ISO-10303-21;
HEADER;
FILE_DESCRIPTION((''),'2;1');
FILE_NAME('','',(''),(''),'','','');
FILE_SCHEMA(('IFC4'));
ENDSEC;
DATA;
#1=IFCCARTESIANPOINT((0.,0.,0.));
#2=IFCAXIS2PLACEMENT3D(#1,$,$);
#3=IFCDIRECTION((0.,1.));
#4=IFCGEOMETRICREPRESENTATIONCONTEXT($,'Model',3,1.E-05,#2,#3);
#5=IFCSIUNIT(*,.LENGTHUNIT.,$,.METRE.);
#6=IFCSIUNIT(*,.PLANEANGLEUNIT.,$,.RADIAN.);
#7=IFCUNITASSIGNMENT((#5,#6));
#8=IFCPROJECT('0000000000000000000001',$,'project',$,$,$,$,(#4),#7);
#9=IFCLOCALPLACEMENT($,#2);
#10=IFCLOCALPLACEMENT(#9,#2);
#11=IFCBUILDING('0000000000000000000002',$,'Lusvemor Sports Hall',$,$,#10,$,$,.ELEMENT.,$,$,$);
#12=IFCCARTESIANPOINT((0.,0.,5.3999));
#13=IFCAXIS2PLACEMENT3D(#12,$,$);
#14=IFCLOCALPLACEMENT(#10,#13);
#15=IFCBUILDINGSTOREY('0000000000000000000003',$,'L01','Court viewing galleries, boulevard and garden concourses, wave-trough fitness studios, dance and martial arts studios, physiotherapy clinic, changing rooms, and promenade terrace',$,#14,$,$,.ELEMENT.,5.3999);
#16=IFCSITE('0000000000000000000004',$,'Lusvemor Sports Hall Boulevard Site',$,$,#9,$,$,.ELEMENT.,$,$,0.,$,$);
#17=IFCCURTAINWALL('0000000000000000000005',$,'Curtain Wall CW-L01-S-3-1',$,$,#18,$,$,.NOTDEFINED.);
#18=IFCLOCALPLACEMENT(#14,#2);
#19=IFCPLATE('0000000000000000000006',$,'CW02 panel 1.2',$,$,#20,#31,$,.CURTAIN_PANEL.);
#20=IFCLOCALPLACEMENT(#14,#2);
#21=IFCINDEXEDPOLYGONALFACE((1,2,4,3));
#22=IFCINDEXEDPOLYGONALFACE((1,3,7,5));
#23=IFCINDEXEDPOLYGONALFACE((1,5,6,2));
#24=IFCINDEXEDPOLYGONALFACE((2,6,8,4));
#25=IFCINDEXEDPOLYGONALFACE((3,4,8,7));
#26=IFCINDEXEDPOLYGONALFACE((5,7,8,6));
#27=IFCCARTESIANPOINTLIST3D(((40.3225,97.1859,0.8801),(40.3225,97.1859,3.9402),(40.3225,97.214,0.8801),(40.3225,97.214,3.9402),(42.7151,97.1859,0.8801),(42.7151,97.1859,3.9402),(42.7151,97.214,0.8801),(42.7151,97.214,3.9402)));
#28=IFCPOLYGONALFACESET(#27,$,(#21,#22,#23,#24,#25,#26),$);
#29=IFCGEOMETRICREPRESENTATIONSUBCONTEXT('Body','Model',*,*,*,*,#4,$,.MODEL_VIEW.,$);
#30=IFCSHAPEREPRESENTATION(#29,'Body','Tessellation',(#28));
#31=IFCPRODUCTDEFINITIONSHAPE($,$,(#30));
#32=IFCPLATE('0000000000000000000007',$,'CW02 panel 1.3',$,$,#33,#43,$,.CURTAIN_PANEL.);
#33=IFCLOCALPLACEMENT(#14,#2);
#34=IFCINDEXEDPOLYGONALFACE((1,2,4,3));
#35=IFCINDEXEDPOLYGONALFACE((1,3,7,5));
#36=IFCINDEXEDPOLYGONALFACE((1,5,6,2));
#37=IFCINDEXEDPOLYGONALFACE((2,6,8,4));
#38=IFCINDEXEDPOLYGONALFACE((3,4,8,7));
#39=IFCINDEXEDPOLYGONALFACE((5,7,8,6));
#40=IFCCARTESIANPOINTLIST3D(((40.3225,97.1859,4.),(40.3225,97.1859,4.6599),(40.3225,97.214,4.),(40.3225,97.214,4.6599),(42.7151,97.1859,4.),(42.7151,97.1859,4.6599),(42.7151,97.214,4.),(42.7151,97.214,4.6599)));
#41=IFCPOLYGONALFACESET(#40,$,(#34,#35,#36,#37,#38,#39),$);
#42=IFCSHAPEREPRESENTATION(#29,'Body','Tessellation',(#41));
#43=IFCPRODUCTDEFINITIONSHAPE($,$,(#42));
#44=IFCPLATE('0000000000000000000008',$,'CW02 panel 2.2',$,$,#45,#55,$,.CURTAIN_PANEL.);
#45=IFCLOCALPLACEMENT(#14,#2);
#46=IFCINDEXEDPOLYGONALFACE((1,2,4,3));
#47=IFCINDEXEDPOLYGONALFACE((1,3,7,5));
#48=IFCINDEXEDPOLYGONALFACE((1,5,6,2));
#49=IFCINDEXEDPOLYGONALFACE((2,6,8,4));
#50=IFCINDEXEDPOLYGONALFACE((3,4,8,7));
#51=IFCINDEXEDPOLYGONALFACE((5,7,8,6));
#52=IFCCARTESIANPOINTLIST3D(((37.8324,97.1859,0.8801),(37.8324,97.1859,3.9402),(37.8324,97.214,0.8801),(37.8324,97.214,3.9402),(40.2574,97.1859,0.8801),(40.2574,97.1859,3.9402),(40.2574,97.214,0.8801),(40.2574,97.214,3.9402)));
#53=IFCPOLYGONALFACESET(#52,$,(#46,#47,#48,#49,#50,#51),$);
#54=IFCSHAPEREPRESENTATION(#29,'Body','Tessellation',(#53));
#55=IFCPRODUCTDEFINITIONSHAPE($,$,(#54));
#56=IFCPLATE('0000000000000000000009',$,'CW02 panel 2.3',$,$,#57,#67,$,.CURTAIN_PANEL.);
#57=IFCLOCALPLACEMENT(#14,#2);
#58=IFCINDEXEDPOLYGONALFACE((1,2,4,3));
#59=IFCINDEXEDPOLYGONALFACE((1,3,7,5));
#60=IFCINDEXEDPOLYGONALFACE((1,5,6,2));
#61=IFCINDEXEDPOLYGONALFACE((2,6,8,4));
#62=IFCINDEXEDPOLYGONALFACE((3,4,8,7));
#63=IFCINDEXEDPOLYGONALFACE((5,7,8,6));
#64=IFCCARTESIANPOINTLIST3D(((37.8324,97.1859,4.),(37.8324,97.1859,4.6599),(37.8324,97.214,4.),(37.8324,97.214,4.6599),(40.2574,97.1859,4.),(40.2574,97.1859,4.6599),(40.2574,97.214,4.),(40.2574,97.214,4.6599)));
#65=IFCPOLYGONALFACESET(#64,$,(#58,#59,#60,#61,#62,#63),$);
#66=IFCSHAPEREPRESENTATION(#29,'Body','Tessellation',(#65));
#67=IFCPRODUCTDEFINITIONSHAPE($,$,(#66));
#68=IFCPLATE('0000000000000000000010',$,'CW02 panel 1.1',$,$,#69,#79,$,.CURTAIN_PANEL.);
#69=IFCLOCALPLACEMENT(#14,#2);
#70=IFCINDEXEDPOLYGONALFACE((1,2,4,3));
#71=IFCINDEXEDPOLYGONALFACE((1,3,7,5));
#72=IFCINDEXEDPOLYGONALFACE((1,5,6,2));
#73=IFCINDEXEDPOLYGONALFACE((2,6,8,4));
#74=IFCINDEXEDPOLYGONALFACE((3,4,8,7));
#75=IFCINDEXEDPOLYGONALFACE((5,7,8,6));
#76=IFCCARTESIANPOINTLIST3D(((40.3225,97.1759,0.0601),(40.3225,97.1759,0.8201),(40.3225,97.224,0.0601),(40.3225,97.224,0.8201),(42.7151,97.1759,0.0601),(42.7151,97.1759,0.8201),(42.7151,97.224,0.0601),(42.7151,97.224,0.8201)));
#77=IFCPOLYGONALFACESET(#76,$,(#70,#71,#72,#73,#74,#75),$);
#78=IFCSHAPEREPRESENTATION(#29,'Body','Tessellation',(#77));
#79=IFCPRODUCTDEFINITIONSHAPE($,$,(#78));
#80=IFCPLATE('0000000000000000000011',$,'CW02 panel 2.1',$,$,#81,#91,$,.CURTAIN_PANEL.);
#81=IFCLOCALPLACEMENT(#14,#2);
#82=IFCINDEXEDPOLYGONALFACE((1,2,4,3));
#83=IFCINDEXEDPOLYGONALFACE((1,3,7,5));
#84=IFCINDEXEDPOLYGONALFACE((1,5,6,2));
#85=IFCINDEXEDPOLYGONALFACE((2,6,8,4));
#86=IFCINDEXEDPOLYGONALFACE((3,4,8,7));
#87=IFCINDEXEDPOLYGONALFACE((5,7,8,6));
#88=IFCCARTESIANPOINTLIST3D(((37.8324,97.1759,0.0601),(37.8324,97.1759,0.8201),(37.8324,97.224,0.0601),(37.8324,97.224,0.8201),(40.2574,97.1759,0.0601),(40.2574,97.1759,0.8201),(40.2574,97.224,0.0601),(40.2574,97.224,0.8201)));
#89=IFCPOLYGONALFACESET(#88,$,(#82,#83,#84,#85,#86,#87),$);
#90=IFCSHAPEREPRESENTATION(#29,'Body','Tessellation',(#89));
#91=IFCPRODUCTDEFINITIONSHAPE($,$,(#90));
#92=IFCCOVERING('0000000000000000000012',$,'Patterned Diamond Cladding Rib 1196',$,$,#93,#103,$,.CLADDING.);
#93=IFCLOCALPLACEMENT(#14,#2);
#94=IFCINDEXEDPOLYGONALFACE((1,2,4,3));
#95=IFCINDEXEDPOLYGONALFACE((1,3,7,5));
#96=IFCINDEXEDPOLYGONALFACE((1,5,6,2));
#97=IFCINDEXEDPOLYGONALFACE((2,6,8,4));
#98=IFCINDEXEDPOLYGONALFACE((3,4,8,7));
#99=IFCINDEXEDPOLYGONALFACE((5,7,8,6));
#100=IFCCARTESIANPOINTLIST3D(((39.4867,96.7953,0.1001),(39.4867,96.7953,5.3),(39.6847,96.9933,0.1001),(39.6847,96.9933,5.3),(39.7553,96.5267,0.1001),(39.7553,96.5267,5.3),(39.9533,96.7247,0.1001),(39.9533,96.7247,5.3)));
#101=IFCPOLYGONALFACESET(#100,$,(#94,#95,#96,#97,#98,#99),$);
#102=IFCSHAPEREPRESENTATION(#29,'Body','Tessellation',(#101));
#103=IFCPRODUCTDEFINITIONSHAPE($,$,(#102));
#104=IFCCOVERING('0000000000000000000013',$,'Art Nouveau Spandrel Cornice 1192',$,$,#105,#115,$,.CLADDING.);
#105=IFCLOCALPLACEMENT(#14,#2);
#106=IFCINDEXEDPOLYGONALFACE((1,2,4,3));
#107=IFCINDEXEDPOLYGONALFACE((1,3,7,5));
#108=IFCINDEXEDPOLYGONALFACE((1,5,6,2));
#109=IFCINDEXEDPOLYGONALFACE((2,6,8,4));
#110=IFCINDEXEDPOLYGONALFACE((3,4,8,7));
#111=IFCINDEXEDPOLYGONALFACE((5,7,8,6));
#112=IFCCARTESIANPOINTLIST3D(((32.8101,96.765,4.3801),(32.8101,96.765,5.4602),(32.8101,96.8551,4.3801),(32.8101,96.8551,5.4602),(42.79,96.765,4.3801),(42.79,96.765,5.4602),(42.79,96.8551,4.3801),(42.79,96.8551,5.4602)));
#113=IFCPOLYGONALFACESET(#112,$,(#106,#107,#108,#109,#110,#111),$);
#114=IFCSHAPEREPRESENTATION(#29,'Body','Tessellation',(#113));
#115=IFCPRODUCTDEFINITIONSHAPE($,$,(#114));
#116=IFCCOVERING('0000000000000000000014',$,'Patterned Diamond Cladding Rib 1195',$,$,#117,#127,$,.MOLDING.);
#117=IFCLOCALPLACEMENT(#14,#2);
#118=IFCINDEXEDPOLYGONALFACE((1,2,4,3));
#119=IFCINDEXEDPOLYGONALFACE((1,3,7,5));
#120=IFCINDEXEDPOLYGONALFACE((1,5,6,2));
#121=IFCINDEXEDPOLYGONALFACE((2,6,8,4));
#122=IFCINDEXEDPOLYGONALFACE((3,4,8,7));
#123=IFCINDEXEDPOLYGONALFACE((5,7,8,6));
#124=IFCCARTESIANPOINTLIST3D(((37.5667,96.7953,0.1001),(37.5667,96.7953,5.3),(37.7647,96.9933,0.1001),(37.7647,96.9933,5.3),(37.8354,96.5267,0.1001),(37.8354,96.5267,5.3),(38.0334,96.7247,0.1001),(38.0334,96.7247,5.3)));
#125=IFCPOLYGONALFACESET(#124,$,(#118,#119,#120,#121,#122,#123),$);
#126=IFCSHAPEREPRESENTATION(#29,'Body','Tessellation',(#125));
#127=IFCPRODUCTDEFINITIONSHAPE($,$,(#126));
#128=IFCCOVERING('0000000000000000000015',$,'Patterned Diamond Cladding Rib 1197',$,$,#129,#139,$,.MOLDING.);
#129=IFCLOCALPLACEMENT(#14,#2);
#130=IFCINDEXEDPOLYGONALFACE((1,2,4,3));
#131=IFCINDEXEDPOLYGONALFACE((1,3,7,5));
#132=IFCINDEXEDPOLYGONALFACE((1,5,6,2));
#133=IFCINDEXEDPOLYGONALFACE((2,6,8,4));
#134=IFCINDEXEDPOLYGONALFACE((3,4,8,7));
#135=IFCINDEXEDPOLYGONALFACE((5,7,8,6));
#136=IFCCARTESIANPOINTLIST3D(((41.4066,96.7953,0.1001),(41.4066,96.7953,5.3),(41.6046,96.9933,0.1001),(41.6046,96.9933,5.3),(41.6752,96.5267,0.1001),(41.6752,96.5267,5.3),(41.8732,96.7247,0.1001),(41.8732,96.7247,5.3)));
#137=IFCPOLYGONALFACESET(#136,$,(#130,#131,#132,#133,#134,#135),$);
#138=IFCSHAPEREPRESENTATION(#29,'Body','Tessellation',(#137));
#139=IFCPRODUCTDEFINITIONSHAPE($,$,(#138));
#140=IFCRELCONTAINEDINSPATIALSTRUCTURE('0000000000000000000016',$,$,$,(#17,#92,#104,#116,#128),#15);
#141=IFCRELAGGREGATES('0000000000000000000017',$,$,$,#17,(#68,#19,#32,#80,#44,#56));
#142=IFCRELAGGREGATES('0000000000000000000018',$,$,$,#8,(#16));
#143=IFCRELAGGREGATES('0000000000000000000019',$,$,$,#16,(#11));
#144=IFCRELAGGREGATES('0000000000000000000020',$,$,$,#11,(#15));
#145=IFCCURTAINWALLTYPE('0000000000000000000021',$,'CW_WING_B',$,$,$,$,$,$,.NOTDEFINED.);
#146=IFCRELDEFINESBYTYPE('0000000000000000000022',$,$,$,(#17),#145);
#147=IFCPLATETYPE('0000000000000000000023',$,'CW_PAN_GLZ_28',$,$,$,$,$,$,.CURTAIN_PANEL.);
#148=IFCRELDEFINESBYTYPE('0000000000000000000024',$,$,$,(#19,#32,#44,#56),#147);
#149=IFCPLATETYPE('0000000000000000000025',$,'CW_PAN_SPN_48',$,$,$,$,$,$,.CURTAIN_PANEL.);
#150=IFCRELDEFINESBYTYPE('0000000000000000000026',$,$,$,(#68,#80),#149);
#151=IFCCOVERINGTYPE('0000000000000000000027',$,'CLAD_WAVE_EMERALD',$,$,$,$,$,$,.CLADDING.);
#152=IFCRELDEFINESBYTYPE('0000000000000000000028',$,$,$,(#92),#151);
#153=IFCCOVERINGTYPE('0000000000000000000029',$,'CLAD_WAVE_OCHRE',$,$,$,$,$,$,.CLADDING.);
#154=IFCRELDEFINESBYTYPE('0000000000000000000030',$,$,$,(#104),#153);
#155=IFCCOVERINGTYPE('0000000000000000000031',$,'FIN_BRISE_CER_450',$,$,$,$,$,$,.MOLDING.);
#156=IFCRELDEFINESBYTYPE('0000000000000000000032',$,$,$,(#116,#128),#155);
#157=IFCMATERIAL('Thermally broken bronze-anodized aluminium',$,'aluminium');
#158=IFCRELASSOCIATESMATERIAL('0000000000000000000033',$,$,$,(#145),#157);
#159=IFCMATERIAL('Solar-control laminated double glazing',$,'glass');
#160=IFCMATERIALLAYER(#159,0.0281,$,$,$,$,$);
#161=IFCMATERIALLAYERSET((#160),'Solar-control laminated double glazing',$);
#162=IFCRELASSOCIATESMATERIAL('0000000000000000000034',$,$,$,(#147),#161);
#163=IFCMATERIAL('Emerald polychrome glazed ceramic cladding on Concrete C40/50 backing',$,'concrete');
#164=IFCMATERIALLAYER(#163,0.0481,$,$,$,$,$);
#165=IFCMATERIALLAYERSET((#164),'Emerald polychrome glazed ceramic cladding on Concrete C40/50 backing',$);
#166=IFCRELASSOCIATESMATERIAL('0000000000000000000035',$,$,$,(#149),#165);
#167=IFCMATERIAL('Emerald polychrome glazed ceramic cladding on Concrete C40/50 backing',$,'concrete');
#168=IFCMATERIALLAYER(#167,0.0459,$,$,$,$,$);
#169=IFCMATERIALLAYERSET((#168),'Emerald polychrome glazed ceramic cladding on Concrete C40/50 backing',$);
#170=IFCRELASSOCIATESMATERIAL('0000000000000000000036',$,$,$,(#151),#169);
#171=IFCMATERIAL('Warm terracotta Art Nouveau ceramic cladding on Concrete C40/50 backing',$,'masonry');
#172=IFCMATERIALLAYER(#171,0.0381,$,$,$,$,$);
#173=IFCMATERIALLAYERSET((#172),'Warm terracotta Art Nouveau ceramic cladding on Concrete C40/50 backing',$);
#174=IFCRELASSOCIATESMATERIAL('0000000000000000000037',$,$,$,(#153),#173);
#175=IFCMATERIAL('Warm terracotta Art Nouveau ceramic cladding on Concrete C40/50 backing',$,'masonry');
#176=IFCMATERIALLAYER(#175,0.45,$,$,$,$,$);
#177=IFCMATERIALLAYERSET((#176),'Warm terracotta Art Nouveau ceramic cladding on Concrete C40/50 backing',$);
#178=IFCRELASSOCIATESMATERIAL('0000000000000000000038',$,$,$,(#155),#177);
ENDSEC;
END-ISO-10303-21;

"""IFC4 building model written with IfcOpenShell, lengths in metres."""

from ifc_helpers import new_model, si_unit, direction, frame, origin, origin_2d, place, context, subcontext, project, spatial, rectangle, extrude, material, layer, layer_set, type_object, element, aggregate, save


model = new_model("IFC4")

# Units and contexts
model_context = context("Model", 3, precision=1e-05, world=origin(), true_north=direction((0.0, 1.0)))
body_context = subcontext(model_context, "Body", "Model", "MODEL_VIEW")
ifc_project = project(units=[si_unit("LENGTHUNIT", "METRE"), si_unit("PLANEANGLEUNIT", "RADIAN")], contexts=[model_context])

# Site, building, storey
site_placement = place(None, origin())
site = spatial("IfcSite", under=ifc_project, at=site_placement, Name="Lusvemor Sports Hall Boulevard Site", CompositionType="ELEMENT", RefElevation=0.0)
building_placement = place(site_placement, origin())
building = spatial("IfcBuilding", under=site, at=building_placement, Name="Lusvemor Sports Hall", CompositionType="ELEMENT")
storey_placement = place(building_placement, frame((0.0, 0.0, 5.3999)))
storey = spatial("IfcBuildingStorey", under=building, at=storey_placement, Name="L01", Description="Court viewing galleries, boulevard and garden concourses, wave-trough fitness studios, dance and martial arts studios, physiotherapy clinic, changing rooms, and promenade terrace", CompositionType="ELEMENT", Elevation=5.3999)

# Curtain wall
ifc_material_1 = material(Name="Thermally broken bronze-anodized aluminium", Category="aluminium")
curtain_wall_type = type_object("IfcCurtainWallType", Name="CW_WING_B", PredefinedType="NOTDEFINED", material=ifc_material_1)
curtain_wall_placement = place(storey_placement, origin())
curtain_wall = element("IfcCurtainWall", 1, at=curtain_wall_placement, inside=storey, type_object=curtain_wall_type, Name="Curtain Wall CW-L01-S-3-1", PredefinedType="NOTDEFINED")

# Plates
ifc_material_2 = material(Name="Solar-control laminated double glazing", Category="glass")
ifc_layer_1 = layer(ifc_material_2, 0.0281)
ifc_layer_set_1 = layer_set([ifc_layer_1], Name="Solar-control laminated double glazing")
plate_type_1 = type_object("IfcPlateType", Name="CW_PAN_GLZ_28", PredefinedType="CURTAIN_PANEL", material=ifc_layer_set_1)
plate_1_placement = place(storey_placement, frame((41.5188, 97.2, 0.8801), z_axis=(0.0, 0.0, 1.0), x_axis=(-1.0, 0.0, 0.0)))
plate_1 = element("IfcPlate", 2, at=plate_1_placement, type_object=plate_type_1, Name="CW02 panel 1.2", PredefinedType="CURTAIN_PANEL", context=body_context, shape_type="SweptSolid", body=[
    extrude(rectangle(XDim=2.3926, YDim=0.0281, at=origin_2d()), origin(), (0.0, 0.0, 1.0), 3.0601),
])
plate_2_placement = place(storey_placement, frame((41.5188, 97.2, 4.0), z_axis=(0.0, 0.0, 1.0), x_axis=(-1.0, 0.0, 0.0)))
plate_2 = element("IfcPlate", 3, at=plate_2_placement, type_object=plate_type_1, Name="CW02 panel 1.3", PredefinedType="CURTAIN_PANEL", context=body_context, shape_type="SweptSolid", body=[
    extrude(rectangle(XDim=2.3926, YDim=0.0281, at=origin_2d()), origin(), (0.0, 0.0, 1.0), 0.6599),
])
plate_3_placement = place(storey_placement, frame((39.0449, 97.2, 0.8801), z_axis=(0.0, 0.0, 1.0), x_axis=(-1.0, 0.0, 0.0)))
plate_3 = element("IfcPlate", 4, at=plate_3_placement, type_object=plate_type_1, Name="CW02 panel 2.2", PredefinedType="CURTAIN_PANEL", context=body_context, shape_type="SweptSolid", body=[
    extrude(rectangle(XDim=2.425, YDim=0.0281, at=origin_2d()), origin(), (0.0, 0.0, 1.0), 3.0601),
])
plate_4_placement = place(storey_placement, frame((39.0449, 97.2, 4.0), z_axis=(0.0, 0.0, 1.0), x_axis=(-1.0, 0.0, 0.0)))
plate_4 = element("IfcPlate", 5, at=plate_4_placement, type_object=plate_type_1, Name="CW02 panel 2.3", PredefinedType="CURTAIN_PANEL", context=body_context, shape_type="SweptSolid", body=[
    extrude(rectangle(XDim=2.425, YDim=0.0281, at=origin_2d()), origin(), (0.0, 0.0, 1.0), 0.6599),
])
ifc_material_3 = material(Name="Emerald polychrome glazed ceramic cladding on Concrete C40/50 backing", Category="concrete")
ifc_layer_2 = layer(ifc_material_3, 0.0481)
ifc_layer_set_2 = layer_set([ifc_layer_2], Name="Emerald polychrome glazed ceramic cladding on Concrete C40/50 backing")
plate_type_2 = type_object("IfcPlateType", Name="CW_PAN_SPN_48", PredefinedType="CURTAIN_PANEL", material=ifc_layer_set_2)
plate_5_placement = place(storey_placement, frame((41.5188, 97.2, 0.0601), z_axis=(0.0, 0.0, 1.0), x_axis=(-1.0, 0.0, 0.0)))
plate_5 = element("IfcPlate", 6, at=plate_5_placement, type_object=plate_type_2, Name="CW02 panel 1.1", PredefinedType="CURTAIN_PANEL", context=body_context, shape_type="SweptSolid", body=[
    extrude(rectangle(XDim=2.3926, YDim=0.0481, at=origin_2d()), origin(), (0.0, 0.0, 1.0), 0.76),
])
plate_6_placement = place(storey_placement, frame((39.0449, 97.2, 0.0601), z_axis=(0.0, 0.0, 1.0), x_axis=(-1.0, 0.0, 0.0)))
plate_6 = element("IfcPlate", 7, at=plate_6_placement, type_object=plate_type_2, Name="CW02 panel 2.1", PredefinedType="CURTAIN_PANEL", context=body_context, shape_type="SweptSolid", body=[
    extrude(rectangle(XDim=2.425, YDim=0.0481, at=origin_2d()), origin(), (0.0, 0.0, 1.0), 0.76),
])
aggregate(curtain_wall, [plate_5, plate_1, plate_2, plate_6, plate_3, plate_4])

# Coverings
ifc_material_4 = material(Name="Emerald polychrome glazed ceramic cladding on Concrete C40/50 backing", Category="concrete")
ifc_layer_3 = layer(ifc_material_4, 0.0459)
ifc_layer_set_3 = layer_set([ifc_layer_3], Name="Emerald polychrome glazed ceramic cladding on Concrete C40/50 backing")
covering_type_1 = type_object("IfcCoveringType", Name="CLAD_WAVE_EMERALD", PredefinedType="CLADDING", material=ifc_layer_set_3)
covering_1_placement = place(storey_placement, frame((39.72, 96.76, 0.1001), z_axis=(0.0, 0.0, 1.0), x_axis=(0.707107, 0.707107, 0.0)))
element("IfcCovering", 8, at=covering_1_placement, inside=storey, type_object=covering_type_1, Name="Patterned Diamond Cladding Rib 1196", PredefinedType="CLADDING", context=body_context, shape_type="SweptSolid", body=[
    extrude(rectangle(XDim=0.28, YDim=0.3799, at=origin_2d()), origin(), (0.0, 0.0, 1.0), 5.2),
])
ifc_material_5 = material(Name="Warm terracotta Art Nouveau ceramic cladding on Concrete C40/50 backing", Category="masonry")
ifc_layer_4 = layer(ifc_material_5, 0.0381)
ifc_layer_set_4 = layer_set([ifc_layer_4], Name="Warm terracotta Art Nouveau ceramic cladding on Concrete C40/50 backing")
covering_type_2 = type_object("IfcCoveringType", Name="CLAD_WAVE_OCHRE", PredefinedType="CLADDING", material=ifc_layer_set_4)
covering_2_placement = place(storey_placement, frame((37.8, 96.8101, 4.3801), z_axis=(0.0, 0.0, 1.0), x_axis=(1.0, 0.0, 0.0)))
element("IfcCovering", 9, at=covering_2_placement, inside=storey, type_object=covering_type_2, Name="Art Nouveau Spandrel Cornice 1192", PredefinedType="CLADDING", context=body_context, shape_type="SweptSolid", body=[
    extrude(rectangle(XDim=9.98, YDim=0.0901, at=origin_2d()), origin(), (0.0, 0.0, 1.0), 1.0801),
])
ifc_material_6 = material(Name="Warm terracotta Art Nouveau ceramic cladding on Concrete C40/50 backing", Category="masonry")
ifc_layer_5 = layer(ifc_material_6, 0.45)
ifc_layer_set_5 = layer_set([ifc_layer_5], Name="Warm terracotta Art Nouveau ceramic cladding on Concrete C40/50 backing")
covering_type_3 = type_object("IfcCoveringType", Name="FIN_BRISE_CER_450", PredefinedType="MOLDING", material=ifc_layer_set_5)
for number, where, z_axis, x_axis, name in (
    (10, (37.8, 96.76, 0.1001), (0.0, 0.0, 1.0), (0.707107, 0.707107, 0.0), "Patterned Diamond Cladding Rib 1195"),
    (11, (41.6399, 96.76, 0.1001), (0.0, 0.0, 1.0), (0.707107, 0.707107, 0.0), "Patterned Diamond Cladding Rib 1197"),
):
    element("IfcCovering", number, at=place(storey_placement, frame(where, z_axis=z_axis, x_axis=x_axis)), inside=storey, type_object=covering_type_3, Name=name, PredefinedType="MOLDING", context=body_context, shape_type="SweptSolid", body=[
        extrude(rectangle(XDim=0.28, YDim=0.3799, at=origin_2d()), origin(), (0.0, 0.0, 1.0), 5.2),
    ])

save(model, "model.ifc")
